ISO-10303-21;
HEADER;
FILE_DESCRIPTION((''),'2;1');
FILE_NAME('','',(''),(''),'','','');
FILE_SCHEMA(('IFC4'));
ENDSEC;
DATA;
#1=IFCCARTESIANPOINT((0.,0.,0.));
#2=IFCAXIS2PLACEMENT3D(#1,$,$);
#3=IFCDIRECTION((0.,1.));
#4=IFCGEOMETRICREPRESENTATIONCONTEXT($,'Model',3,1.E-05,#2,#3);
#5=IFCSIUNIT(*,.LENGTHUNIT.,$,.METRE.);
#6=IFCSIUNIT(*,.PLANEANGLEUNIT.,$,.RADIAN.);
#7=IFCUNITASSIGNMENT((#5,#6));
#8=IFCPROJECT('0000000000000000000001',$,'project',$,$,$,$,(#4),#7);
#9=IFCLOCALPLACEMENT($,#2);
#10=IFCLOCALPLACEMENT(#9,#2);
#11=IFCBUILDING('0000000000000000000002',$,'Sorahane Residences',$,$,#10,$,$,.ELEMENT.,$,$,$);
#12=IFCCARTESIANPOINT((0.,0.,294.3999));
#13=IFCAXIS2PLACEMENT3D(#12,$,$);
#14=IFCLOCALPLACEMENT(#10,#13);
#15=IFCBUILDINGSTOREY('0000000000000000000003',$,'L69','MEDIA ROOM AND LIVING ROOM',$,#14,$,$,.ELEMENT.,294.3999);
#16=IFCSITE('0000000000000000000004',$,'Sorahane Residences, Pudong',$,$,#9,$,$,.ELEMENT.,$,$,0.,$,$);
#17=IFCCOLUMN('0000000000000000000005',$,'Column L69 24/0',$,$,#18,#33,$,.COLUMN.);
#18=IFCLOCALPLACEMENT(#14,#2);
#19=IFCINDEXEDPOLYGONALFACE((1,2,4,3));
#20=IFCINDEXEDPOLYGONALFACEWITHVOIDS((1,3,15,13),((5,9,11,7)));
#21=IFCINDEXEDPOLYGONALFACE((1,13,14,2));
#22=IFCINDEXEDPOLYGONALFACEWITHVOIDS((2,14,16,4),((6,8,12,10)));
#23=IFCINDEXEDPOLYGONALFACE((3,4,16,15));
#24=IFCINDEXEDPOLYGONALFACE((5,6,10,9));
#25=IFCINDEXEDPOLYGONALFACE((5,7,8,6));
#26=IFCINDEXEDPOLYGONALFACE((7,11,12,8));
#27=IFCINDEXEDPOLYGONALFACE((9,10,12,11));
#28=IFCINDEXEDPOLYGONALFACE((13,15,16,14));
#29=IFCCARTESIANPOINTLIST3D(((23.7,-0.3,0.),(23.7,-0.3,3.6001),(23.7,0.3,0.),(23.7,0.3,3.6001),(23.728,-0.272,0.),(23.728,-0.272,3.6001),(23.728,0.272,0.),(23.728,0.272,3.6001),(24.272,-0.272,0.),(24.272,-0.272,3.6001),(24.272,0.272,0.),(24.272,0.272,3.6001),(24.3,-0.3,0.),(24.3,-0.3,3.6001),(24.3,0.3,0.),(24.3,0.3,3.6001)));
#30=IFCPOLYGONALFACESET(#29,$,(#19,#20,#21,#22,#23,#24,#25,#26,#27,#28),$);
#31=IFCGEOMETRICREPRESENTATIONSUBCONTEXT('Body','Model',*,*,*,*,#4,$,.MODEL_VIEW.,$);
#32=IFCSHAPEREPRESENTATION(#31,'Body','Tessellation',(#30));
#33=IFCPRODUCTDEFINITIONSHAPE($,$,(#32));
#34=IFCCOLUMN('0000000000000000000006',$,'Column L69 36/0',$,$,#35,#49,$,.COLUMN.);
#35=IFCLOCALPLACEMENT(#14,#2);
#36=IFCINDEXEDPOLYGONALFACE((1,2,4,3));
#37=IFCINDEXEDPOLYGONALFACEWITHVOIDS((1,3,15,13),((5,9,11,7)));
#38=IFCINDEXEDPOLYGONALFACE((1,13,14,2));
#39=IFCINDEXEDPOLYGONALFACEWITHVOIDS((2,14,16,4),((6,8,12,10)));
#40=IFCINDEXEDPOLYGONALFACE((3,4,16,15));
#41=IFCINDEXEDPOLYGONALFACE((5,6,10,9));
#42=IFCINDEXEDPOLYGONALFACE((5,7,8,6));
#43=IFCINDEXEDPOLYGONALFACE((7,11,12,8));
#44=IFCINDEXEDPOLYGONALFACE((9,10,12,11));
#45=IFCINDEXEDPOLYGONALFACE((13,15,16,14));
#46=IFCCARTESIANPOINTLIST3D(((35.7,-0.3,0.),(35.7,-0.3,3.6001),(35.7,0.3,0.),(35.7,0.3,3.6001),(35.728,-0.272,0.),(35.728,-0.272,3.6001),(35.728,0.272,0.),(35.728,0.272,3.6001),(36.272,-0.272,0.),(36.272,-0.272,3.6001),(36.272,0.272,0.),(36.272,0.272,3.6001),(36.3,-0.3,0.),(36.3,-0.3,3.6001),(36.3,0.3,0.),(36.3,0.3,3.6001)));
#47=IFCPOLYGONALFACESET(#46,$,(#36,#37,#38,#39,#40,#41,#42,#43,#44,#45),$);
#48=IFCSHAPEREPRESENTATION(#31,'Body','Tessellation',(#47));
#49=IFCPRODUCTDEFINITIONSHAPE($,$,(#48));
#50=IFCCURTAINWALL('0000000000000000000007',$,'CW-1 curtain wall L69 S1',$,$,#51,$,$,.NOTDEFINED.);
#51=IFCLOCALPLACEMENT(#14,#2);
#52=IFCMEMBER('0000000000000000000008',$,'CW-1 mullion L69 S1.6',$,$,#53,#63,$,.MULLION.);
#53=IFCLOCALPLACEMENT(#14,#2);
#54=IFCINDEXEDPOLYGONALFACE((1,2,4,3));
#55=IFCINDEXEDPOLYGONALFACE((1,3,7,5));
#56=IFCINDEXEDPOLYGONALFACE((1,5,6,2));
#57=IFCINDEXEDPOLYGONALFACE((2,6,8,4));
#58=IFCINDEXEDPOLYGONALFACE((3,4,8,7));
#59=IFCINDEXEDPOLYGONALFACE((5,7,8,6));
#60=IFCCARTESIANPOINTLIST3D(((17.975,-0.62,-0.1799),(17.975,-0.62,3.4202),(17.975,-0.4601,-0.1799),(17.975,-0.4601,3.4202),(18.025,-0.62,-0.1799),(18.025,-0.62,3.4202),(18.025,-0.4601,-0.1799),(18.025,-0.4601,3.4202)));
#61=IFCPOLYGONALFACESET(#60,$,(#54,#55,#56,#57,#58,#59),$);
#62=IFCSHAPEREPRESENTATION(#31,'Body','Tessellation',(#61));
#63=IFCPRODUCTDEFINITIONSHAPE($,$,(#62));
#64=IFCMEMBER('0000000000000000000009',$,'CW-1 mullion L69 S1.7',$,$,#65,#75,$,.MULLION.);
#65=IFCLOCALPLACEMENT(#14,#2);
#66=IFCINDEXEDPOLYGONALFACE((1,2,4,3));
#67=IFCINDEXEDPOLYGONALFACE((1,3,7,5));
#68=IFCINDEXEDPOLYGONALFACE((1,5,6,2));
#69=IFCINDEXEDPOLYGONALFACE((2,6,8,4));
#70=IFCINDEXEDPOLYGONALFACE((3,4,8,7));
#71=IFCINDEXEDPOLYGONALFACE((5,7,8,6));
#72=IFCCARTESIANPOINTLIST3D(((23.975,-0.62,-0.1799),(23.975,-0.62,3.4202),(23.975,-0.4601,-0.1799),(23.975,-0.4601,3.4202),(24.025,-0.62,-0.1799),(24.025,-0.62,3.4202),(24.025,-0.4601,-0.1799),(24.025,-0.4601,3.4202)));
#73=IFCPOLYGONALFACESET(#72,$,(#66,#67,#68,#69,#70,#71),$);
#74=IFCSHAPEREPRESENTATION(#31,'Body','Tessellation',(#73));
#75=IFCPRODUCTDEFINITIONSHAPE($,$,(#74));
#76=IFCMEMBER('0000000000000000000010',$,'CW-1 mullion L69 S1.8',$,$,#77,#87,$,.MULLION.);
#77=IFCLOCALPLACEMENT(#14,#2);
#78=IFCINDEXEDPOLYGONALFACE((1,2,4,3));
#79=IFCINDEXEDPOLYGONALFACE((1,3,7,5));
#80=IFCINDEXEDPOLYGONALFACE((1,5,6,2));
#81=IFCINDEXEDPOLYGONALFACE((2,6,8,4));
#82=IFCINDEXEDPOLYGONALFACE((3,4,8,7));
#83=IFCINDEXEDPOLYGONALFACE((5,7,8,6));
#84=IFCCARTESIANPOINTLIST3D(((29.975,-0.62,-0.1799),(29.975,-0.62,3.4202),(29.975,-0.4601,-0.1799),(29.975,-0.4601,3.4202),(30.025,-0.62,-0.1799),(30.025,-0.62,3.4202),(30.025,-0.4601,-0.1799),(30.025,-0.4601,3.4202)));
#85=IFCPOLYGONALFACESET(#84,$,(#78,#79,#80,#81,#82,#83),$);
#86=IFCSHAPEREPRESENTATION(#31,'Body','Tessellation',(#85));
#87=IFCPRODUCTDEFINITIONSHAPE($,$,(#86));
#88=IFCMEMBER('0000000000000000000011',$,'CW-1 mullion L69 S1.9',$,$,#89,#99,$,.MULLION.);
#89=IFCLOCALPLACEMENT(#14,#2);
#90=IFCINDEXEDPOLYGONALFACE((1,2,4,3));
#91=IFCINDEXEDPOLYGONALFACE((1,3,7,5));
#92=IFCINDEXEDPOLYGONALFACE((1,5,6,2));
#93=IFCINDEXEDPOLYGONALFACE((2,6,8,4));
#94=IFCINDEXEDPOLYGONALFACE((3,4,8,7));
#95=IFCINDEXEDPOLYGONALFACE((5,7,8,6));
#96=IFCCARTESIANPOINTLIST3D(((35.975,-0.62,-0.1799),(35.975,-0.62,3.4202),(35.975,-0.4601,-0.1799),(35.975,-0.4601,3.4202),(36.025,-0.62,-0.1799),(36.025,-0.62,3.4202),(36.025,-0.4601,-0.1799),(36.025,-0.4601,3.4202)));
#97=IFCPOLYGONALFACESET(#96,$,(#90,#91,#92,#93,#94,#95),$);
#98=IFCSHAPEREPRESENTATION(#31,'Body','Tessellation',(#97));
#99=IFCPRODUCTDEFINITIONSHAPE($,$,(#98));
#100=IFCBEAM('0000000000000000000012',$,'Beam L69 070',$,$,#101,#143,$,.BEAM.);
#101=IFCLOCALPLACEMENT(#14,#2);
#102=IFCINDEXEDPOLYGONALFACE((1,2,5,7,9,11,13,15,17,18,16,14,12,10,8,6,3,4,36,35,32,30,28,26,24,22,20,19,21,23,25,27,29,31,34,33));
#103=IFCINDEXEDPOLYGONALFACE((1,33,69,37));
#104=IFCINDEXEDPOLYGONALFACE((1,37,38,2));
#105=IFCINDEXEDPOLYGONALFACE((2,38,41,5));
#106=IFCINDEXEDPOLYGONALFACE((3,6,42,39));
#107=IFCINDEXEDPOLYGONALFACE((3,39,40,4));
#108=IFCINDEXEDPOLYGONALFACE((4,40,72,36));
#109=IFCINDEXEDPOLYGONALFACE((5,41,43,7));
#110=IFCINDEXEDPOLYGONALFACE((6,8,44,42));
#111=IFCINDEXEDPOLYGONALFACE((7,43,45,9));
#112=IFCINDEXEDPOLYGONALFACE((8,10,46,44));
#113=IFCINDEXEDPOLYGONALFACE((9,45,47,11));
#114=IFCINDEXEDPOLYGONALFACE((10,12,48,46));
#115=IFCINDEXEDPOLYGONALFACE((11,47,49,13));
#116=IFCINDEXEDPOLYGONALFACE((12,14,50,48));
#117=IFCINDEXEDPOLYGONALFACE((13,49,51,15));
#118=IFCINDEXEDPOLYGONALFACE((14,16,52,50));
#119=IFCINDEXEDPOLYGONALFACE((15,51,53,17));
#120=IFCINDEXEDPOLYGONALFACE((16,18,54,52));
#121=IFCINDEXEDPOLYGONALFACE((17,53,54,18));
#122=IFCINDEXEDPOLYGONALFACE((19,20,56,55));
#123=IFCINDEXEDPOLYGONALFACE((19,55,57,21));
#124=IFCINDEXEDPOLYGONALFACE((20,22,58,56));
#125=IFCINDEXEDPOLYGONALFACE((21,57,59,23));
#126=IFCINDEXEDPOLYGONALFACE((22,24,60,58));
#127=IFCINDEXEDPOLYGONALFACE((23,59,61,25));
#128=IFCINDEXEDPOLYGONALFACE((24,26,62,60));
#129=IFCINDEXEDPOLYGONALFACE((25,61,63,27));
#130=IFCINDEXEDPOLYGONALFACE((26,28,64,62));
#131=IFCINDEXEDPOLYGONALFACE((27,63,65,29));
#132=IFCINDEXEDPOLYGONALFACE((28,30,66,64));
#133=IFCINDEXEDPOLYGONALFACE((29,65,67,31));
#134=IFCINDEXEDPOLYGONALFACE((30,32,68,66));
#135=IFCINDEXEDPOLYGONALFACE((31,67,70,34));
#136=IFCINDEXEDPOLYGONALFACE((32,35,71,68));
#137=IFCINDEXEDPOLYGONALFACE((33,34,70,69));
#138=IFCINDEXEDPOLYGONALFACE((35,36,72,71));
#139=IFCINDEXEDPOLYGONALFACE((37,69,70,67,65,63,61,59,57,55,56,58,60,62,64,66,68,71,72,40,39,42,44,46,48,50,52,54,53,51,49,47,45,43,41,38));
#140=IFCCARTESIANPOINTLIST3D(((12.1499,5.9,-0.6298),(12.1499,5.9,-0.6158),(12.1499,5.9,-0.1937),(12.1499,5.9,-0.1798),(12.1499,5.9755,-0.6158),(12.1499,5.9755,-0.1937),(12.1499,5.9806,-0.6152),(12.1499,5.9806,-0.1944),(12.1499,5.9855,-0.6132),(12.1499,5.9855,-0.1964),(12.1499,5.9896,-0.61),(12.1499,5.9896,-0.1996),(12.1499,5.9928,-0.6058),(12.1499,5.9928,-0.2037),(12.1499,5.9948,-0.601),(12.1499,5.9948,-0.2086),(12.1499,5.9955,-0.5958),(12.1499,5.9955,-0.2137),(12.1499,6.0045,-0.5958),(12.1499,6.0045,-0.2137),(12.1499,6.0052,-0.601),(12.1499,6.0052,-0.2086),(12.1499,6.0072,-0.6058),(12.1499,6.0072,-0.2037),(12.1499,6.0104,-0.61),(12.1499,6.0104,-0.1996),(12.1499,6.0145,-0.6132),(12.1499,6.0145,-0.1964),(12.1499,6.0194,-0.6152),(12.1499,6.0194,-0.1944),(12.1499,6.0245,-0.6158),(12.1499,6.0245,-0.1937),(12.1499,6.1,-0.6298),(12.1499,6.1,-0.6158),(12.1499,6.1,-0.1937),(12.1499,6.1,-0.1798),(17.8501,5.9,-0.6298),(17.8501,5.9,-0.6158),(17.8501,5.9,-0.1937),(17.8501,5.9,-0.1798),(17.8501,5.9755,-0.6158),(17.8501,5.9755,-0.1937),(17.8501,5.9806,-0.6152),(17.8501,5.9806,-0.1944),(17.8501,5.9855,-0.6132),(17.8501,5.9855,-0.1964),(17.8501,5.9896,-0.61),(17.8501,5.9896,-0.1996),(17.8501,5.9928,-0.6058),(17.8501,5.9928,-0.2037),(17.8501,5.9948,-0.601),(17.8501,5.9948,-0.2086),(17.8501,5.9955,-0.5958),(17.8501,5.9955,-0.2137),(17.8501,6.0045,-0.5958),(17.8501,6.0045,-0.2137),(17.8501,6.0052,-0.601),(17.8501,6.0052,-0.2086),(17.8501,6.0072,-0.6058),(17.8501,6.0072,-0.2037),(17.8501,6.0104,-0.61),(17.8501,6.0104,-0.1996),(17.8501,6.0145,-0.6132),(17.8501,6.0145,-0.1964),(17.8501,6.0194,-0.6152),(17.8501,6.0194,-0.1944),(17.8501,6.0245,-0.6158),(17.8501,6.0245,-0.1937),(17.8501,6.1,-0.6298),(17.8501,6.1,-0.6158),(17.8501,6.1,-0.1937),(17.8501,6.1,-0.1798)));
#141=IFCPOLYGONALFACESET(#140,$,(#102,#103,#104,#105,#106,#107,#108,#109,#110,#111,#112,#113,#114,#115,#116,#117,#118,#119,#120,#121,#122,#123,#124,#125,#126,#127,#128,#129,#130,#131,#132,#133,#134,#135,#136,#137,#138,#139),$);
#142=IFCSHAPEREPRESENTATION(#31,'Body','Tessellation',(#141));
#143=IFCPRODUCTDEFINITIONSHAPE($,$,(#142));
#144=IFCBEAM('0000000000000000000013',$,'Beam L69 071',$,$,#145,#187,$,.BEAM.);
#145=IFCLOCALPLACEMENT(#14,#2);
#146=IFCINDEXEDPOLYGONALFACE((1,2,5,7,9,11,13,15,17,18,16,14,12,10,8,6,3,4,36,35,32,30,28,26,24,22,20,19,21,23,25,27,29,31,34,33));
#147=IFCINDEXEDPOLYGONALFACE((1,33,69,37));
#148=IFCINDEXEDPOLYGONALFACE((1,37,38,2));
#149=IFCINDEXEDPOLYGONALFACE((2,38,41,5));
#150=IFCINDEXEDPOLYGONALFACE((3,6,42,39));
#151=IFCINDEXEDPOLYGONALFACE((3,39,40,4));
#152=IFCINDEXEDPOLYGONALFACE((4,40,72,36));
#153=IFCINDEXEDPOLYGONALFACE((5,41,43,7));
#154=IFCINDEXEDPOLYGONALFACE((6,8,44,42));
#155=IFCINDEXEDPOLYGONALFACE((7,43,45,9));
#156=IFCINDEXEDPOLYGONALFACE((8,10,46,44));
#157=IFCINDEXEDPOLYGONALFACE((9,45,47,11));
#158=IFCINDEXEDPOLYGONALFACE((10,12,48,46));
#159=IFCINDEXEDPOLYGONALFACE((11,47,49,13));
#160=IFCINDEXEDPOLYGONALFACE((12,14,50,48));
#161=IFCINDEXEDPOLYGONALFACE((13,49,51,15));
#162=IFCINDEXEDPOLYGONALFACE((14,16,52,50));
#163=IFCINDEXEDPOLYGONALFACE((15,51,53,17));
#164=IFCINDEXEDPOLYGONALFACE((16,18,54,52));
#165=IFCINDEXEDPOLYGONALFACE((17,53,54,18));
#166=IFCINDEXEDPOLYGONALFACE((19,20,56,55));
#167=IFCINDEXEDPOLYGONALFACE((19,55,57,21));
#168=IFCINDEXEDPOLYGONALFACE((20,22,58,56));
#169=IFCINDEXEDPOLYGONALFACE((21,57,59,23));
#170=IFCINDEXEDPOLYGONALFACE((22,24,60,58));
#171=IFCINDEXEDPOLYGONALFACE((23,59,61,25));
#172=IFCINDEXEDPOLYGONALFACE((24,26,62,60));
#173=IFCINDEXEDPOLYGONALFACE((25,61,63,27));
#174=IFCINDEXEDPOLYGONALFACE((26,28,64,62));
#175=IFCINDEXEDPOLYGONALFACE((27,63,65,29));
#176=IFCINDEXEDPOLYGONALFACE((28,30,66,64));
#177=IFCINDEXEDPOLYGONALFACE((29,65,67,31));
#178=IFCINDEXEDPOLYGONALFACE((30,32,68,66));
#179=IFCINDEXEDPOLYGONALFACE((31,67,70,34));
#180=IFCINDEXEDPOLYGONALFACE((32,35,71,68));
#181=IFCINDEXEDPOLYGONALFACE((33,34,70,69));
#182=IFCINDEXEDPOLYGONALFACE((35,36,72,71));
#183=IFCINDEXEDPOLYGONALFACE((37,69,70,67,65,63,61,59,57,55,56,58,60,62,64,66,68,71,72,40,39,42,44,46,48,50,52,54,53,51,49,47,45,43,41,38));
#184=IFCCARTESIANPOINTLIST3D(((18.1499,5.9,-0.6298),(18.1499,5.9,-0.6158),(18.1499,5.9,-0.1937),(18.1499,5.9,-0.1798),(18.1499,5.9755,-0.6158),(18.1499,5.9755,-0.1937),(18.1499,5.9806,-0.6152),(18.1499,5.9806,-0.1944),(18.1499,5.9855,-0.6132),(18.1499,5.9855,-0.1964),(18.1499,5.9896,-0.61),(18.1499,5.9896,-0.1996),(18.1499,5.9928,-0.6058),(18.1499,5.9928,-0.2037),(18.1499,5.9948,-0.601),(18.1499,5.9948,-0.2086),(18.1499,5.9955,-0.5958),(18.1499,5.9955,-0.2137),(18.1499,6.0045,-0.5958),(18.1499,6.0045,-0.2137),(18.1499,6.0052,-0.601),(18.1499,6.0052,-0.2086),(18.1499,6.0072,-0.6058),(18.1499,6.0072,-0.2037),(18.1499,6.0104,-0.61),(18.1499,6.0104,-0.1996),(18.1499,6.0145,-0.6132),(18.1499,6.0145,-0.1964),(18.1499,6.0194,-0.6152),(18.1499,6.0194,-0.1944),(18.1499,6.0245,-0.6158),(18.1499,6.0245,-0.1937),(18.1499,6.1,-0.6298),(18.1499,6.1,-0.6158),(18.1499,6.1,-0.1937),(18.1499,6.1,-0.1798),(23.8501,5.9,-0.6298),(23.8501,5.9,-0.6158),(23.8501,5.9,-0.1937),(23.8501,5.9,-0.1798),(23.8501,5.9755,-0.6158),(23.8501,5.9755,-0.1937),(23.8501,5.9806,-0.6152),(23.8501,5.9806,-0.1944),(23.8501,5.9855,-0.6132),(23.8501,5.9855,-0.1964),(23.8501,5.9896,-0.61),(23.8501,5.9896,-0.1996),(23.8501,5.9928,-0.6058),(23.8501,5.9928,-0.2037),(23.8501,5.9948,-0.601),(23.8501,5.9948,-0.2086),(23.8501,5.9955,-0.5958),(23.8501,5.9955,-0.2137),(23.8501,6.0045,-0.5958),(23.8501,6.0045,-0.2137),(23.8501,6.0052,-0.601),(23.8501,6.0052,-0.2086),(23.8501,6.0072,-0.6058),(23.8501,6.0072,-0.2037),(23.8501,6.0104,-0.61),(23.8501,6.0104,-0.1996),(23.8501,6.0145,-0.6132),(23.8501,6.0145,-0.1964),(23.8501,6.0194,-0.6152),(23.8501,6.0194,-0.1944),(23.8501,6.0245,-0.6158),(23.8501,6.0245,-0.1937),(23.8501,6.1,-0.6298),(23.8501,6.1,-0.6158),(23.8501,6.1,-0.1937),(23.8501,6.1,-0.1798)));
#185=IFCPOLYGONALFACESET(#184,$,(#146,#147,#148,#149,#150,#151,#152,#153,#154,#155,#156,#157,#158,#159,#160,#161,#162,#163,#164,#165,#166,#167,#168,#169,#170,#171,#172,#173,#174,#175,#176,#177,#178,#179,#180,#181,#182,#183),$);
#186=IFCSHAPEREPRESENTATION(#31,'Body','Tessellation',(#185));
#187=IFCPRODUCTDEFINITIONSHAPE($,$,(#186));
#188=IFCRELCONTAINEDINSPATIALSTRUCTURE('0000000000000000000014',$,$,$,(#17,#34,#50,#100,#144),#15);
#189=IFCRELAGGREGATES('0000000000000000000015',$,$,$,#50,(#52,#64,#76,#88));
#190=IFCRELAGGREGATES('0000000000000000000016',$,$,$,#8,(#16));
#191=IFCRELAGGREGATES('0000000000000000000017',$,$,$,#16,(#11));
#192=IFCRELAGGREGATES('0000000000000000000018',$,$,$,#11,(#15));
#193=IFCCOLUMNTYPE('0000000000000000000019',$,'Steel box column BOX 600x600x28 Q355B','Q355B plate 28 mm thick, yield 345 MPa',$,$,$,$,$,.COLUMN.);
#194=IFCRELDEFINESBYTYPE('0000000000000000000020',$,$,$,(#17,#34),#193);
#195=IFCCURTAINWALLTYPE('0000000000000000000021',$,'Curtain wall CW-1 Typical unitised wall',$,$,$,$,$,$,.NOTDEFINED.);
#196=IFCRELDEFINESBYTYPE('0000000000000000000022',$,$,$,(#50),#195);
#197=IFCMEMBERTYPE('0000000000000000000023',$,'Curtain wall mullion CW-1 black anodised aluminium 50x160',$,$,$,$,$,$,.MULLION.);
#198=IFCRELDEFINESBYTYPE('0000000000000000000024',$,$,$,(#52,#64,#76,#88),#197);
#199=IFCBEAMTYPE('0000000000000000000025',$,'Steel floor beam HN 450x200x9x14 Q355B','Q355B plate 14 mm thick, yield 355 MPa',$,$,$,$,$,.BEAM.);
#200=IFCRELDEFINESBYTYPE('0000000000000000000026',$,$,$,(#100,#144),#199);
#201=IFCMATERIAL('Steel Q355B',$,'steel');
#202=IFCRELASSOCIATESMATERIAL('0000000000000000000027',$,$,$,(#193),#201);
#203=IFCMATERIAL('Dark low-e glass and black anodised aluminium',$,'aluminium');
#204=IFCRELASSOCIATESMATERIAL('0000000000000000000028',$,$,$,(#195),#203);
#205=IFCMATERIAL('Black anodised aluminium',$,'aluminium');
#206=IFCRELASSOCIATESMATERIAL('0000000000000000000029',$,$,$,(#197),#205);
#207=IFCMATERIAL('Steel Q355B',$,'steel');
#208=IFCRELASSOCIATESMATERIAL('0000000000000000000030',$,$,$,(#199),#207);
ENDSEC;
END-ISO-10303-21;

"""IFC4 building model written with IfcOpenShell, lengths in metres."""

from ifc_helpers import new_model, si_unit, direction, frame, origin, origin_2d, place, context, subcontext, project, spatial, rectangle, hollow_rectangle, i_section, extrude, material, material_profile, profile_set, type_object, element, aggregate, save


model = new_model("IFC4")

# Units and contexts
model_context = context("Model", 3, precision=1e-05, world=origin(), true_north=direction((0.0, 1.0)))
body_context = subcontext(model_context, "Body", "Model", "MODEL_VIEW")
ifc_project = project(units=[si_unit("LENGTHUNIT", "METRE"), si_unit("PLANEANGLEUNIT", "RADIAN")], contexts=[model_context])

# Site, building, storey
site_placement = place(None, origin())
site = spatial("IfcSite", under=ifc_project, at=site_placement, Name="Sorahane Residences, Pudong", CompositionType="ELEMENT", RefElevation=0.0)
building_placement = place(site_placement, origin())
building = spatial("IfcBuilding", under=site, at=building_placement, Name="Sorahane Residences", CompositionType="ELEMENT")
storey_placement = place(building_placement, frame((0.0, 0.0, 294.3999)))
storey = spatial("IfcBuildingStorey", under=building, at=storey_placement, Name="L69", Description="MEDIA ROOM AND LIVING ROOM", CompositionType="ELEMENT", Elevation=294.3999)

# Columns
ifc_material_1 = material(Name="Steel Q355B", Category="steel")
ifc_material_profile_1 = material_profile(ifc_material_1, hollow_rectangle(XDim=0.6001, YDim=0.6001, WallThickness=0.0281, at=origin_2d()), Name="BOX 600x600x28")
ifc_profile_set_1 = profile_set([ifc_material_profile_1], Name="Steel Q355B")
column_type = type_object("IfcColumnType", Name="Steel box column BOX 600x600x28 Q355B", Description="Q355B plate 28 mm thick, yield 345 MPa", PredefinedType="COLUMN", material=ifc_profile_set_1)
for number, where, z_axis, x_axis, name in (
    (1, (24.0, 0.0, 0.0), (0.0, 0.0, 1.0), (1.0, 0.0, 0.0), "Column L69 24/0"),
    (2, (36.0, 0.0, 0.0), (0.0, 0.0, 1.0), (1.0, 0.0, 0.0), "Column L69 36/0"),
):
    element("IfcColumn", number, at=place(storey_placement, frame(where, z_axis=z_axis, x_axis=x_axis)), inside=storey, type_object=column_type, Name=name, PredefinedType="COLUMN", context=body_context, shape_type="SweptSolid", body=[
        extrude(hollow_rectangle(XDim=0.6001, YDim=0.6001, WallThickness=0.0281, at=origin_2d()), origin(), (0.0, 0.0, 1.0), 3.6001),
    ])

# Curtain wall, members
ifc_material_2 = material(Name="Dark low-e glass and black anodised aluminium", Category="aluminium")
curtain_wall_type = type_object("IfcCurtainWallType", Name="Curtain wall CW-1 Typical unitised wall", PredefinedType="NOTDEFINED", material=ifc_material_2)
curtain_wall_placement = place(storey_placement, origin())
curtain_wall = element("IfcCurtainWall", 3, at=curtain_wall_placement, inside=storey, type_object=curtain_wall_type, Name="CW-1 curtain wall L69 S1", PredefinedType="NOTDEFINED")
ifc_material_3 = material(Name="Black anodised aluminium", Category="aluminium")
ifc_material_profile_2 = material_profile(ifc_material_3, rectangle(XDim=0.1599, YDim=0.05, at=origin_2d()), Name="Curtain wall mullion CW-1 black anodised aluminium 50x160")
ifc_profile_set_2 = profile_set([ifc_material_profile_2], Name="Black anodised aluminium")
member_type = type_object("IfcMemberType", Name="Curtain wall mullion CW-1 black anodised aluminium 50x160", PredefinedType="MULLION", material=ifc_profile_set_2)
member_1_placement = place(storey_placement, frame((18.0, -0.54, -0.1799), z_axis=(0.0, 0.0, 1.0), x_axis=(0.0, -1.0, 0.0)))
member_1 = element("IfcMember", 4, at=member_1_placement, type_object=member_type, Name="CW-1 mullion L69 S1.6", PredefinedType="MULLION", context=body_context, shape_type="SweptSolid", body=[
    extrude(rectangle(XDim=0.1599, YDim=0.05, at=origin_2d()), origin(), (0.0, 0.0, 1.0), 3.6001),
])
member_2_placement = place(storey_placement, frame((24.0, -0.54, -0.1799), z_axis=(0.0, 0.0, 1.0), x_axis=(0.0, -1.0, 0.0)))
member_2 = element("IfcMember", 5, at=member_2_placement, type_object=member_type, Name="CW-1 mullion L69 S1.7", PredefinedType="MULLION", context=body_context, shape_type="SweptSolid", body=[
    extrude(rectangle(XDim=0.1599, YDim=0.05, at=origin_2d()), origin(), (0.0, 0.0, 1.0), 3.6001),
])
member_3_placement = place(storey_placement, frame((30.0, -0.54, -0.1799), z_axis=(0.0, 0.0, 1.0), x_axis=(0.0, -1.0, 0.0)))
member_3 = element("IfcMember", 6, at=member_3_placement, type_object=member_type, Name="CW-1 mullion L69 S1.8", PredefinedType="MULLION", context=body_context, shape_type="SweptSolid", body=[
    extrude(rectangle(XDim=0.1599, YDim=0.05, at=origin_2d()), origin(), (0.0, 0.0, 1.0), 3.6001),
])
member_4_placement = place(storey_placement, frame((36.0, -0.54, -0.1799), z_axis=(0.0, 0.0, 1.0), x_axis=(0.0, -1.0, 0.0)))
member_4 = element("IfcMember", 7, at=member_4_placement, type_object=member_type, Name="CW-1 mullion L69 S1.9", PredefinedType="MULLION", context=body_context, shape_type="SweptSolid", body=[
    extrude(rectangle(XDim=0.1599, YDim=0.05, at=origin_2d()), origin(), (0.0, 0.0, 1.0), 3.6001),
])

# Beams
ifc_material_4 = material(Name="Steel Q355B", Category="steel")
ifc_material_profile_3 = material_profile(ifc_material_4, i_section(OverallWidth=0.2, OverallDepth=0.45, WebThickness=0.009, FlangeThickness=0.0139, FilletRadius=0.02, at=origin_2d()), Name="HN 450x200x9x14")
ifc_profile_set_3 = profile_set([ifc_material_profile_3], Name="Steel Q355B")
beam_type_1 = type_object("IfcBeamType", Name="Steel floor beam HN 450x200x9x14 Q355B", Description="Q355B plate 14 mm thick, yield 355 MPa", PredefinedType="BEAM", material=ifc_profile_set_3)
for number, where, z_axis, x_axis, name in (
    (8, (12.1499, 6.0, -0.4048), (1.0, 0.0, 0.0), (0.0, 1.0, 0.0), "Beam L69 070"),
    (9, (18.1499, 6.0, -0.4048), (1.0, 0.0, 0.0), (0.0, 1.0, 0.0), "Beam L69 071"),
):
    element("IfcBeam", number, at=place(storey_placement, frame(where, z_axis=z_axis, x_axis=x_axis)), inside=storey, type_object=beam_type_1, Name=name, PredefinedType="BEAM", context=body_context, shape_type="SweptSolid", body=[
        extrude(i_section(OverallWidth=0.2, OverallDepth=0.45, WebThickness=0.009, FlangeThickness=0.0139, FilletRadius=0.02, at=origin_2d()), origin(), (0.0, 0.0, 1.0), 5.7002),
    ])

aggregate(curtain_wall, [member_1, member_2, member_3, member_4])

save(model, "model.ifc")
